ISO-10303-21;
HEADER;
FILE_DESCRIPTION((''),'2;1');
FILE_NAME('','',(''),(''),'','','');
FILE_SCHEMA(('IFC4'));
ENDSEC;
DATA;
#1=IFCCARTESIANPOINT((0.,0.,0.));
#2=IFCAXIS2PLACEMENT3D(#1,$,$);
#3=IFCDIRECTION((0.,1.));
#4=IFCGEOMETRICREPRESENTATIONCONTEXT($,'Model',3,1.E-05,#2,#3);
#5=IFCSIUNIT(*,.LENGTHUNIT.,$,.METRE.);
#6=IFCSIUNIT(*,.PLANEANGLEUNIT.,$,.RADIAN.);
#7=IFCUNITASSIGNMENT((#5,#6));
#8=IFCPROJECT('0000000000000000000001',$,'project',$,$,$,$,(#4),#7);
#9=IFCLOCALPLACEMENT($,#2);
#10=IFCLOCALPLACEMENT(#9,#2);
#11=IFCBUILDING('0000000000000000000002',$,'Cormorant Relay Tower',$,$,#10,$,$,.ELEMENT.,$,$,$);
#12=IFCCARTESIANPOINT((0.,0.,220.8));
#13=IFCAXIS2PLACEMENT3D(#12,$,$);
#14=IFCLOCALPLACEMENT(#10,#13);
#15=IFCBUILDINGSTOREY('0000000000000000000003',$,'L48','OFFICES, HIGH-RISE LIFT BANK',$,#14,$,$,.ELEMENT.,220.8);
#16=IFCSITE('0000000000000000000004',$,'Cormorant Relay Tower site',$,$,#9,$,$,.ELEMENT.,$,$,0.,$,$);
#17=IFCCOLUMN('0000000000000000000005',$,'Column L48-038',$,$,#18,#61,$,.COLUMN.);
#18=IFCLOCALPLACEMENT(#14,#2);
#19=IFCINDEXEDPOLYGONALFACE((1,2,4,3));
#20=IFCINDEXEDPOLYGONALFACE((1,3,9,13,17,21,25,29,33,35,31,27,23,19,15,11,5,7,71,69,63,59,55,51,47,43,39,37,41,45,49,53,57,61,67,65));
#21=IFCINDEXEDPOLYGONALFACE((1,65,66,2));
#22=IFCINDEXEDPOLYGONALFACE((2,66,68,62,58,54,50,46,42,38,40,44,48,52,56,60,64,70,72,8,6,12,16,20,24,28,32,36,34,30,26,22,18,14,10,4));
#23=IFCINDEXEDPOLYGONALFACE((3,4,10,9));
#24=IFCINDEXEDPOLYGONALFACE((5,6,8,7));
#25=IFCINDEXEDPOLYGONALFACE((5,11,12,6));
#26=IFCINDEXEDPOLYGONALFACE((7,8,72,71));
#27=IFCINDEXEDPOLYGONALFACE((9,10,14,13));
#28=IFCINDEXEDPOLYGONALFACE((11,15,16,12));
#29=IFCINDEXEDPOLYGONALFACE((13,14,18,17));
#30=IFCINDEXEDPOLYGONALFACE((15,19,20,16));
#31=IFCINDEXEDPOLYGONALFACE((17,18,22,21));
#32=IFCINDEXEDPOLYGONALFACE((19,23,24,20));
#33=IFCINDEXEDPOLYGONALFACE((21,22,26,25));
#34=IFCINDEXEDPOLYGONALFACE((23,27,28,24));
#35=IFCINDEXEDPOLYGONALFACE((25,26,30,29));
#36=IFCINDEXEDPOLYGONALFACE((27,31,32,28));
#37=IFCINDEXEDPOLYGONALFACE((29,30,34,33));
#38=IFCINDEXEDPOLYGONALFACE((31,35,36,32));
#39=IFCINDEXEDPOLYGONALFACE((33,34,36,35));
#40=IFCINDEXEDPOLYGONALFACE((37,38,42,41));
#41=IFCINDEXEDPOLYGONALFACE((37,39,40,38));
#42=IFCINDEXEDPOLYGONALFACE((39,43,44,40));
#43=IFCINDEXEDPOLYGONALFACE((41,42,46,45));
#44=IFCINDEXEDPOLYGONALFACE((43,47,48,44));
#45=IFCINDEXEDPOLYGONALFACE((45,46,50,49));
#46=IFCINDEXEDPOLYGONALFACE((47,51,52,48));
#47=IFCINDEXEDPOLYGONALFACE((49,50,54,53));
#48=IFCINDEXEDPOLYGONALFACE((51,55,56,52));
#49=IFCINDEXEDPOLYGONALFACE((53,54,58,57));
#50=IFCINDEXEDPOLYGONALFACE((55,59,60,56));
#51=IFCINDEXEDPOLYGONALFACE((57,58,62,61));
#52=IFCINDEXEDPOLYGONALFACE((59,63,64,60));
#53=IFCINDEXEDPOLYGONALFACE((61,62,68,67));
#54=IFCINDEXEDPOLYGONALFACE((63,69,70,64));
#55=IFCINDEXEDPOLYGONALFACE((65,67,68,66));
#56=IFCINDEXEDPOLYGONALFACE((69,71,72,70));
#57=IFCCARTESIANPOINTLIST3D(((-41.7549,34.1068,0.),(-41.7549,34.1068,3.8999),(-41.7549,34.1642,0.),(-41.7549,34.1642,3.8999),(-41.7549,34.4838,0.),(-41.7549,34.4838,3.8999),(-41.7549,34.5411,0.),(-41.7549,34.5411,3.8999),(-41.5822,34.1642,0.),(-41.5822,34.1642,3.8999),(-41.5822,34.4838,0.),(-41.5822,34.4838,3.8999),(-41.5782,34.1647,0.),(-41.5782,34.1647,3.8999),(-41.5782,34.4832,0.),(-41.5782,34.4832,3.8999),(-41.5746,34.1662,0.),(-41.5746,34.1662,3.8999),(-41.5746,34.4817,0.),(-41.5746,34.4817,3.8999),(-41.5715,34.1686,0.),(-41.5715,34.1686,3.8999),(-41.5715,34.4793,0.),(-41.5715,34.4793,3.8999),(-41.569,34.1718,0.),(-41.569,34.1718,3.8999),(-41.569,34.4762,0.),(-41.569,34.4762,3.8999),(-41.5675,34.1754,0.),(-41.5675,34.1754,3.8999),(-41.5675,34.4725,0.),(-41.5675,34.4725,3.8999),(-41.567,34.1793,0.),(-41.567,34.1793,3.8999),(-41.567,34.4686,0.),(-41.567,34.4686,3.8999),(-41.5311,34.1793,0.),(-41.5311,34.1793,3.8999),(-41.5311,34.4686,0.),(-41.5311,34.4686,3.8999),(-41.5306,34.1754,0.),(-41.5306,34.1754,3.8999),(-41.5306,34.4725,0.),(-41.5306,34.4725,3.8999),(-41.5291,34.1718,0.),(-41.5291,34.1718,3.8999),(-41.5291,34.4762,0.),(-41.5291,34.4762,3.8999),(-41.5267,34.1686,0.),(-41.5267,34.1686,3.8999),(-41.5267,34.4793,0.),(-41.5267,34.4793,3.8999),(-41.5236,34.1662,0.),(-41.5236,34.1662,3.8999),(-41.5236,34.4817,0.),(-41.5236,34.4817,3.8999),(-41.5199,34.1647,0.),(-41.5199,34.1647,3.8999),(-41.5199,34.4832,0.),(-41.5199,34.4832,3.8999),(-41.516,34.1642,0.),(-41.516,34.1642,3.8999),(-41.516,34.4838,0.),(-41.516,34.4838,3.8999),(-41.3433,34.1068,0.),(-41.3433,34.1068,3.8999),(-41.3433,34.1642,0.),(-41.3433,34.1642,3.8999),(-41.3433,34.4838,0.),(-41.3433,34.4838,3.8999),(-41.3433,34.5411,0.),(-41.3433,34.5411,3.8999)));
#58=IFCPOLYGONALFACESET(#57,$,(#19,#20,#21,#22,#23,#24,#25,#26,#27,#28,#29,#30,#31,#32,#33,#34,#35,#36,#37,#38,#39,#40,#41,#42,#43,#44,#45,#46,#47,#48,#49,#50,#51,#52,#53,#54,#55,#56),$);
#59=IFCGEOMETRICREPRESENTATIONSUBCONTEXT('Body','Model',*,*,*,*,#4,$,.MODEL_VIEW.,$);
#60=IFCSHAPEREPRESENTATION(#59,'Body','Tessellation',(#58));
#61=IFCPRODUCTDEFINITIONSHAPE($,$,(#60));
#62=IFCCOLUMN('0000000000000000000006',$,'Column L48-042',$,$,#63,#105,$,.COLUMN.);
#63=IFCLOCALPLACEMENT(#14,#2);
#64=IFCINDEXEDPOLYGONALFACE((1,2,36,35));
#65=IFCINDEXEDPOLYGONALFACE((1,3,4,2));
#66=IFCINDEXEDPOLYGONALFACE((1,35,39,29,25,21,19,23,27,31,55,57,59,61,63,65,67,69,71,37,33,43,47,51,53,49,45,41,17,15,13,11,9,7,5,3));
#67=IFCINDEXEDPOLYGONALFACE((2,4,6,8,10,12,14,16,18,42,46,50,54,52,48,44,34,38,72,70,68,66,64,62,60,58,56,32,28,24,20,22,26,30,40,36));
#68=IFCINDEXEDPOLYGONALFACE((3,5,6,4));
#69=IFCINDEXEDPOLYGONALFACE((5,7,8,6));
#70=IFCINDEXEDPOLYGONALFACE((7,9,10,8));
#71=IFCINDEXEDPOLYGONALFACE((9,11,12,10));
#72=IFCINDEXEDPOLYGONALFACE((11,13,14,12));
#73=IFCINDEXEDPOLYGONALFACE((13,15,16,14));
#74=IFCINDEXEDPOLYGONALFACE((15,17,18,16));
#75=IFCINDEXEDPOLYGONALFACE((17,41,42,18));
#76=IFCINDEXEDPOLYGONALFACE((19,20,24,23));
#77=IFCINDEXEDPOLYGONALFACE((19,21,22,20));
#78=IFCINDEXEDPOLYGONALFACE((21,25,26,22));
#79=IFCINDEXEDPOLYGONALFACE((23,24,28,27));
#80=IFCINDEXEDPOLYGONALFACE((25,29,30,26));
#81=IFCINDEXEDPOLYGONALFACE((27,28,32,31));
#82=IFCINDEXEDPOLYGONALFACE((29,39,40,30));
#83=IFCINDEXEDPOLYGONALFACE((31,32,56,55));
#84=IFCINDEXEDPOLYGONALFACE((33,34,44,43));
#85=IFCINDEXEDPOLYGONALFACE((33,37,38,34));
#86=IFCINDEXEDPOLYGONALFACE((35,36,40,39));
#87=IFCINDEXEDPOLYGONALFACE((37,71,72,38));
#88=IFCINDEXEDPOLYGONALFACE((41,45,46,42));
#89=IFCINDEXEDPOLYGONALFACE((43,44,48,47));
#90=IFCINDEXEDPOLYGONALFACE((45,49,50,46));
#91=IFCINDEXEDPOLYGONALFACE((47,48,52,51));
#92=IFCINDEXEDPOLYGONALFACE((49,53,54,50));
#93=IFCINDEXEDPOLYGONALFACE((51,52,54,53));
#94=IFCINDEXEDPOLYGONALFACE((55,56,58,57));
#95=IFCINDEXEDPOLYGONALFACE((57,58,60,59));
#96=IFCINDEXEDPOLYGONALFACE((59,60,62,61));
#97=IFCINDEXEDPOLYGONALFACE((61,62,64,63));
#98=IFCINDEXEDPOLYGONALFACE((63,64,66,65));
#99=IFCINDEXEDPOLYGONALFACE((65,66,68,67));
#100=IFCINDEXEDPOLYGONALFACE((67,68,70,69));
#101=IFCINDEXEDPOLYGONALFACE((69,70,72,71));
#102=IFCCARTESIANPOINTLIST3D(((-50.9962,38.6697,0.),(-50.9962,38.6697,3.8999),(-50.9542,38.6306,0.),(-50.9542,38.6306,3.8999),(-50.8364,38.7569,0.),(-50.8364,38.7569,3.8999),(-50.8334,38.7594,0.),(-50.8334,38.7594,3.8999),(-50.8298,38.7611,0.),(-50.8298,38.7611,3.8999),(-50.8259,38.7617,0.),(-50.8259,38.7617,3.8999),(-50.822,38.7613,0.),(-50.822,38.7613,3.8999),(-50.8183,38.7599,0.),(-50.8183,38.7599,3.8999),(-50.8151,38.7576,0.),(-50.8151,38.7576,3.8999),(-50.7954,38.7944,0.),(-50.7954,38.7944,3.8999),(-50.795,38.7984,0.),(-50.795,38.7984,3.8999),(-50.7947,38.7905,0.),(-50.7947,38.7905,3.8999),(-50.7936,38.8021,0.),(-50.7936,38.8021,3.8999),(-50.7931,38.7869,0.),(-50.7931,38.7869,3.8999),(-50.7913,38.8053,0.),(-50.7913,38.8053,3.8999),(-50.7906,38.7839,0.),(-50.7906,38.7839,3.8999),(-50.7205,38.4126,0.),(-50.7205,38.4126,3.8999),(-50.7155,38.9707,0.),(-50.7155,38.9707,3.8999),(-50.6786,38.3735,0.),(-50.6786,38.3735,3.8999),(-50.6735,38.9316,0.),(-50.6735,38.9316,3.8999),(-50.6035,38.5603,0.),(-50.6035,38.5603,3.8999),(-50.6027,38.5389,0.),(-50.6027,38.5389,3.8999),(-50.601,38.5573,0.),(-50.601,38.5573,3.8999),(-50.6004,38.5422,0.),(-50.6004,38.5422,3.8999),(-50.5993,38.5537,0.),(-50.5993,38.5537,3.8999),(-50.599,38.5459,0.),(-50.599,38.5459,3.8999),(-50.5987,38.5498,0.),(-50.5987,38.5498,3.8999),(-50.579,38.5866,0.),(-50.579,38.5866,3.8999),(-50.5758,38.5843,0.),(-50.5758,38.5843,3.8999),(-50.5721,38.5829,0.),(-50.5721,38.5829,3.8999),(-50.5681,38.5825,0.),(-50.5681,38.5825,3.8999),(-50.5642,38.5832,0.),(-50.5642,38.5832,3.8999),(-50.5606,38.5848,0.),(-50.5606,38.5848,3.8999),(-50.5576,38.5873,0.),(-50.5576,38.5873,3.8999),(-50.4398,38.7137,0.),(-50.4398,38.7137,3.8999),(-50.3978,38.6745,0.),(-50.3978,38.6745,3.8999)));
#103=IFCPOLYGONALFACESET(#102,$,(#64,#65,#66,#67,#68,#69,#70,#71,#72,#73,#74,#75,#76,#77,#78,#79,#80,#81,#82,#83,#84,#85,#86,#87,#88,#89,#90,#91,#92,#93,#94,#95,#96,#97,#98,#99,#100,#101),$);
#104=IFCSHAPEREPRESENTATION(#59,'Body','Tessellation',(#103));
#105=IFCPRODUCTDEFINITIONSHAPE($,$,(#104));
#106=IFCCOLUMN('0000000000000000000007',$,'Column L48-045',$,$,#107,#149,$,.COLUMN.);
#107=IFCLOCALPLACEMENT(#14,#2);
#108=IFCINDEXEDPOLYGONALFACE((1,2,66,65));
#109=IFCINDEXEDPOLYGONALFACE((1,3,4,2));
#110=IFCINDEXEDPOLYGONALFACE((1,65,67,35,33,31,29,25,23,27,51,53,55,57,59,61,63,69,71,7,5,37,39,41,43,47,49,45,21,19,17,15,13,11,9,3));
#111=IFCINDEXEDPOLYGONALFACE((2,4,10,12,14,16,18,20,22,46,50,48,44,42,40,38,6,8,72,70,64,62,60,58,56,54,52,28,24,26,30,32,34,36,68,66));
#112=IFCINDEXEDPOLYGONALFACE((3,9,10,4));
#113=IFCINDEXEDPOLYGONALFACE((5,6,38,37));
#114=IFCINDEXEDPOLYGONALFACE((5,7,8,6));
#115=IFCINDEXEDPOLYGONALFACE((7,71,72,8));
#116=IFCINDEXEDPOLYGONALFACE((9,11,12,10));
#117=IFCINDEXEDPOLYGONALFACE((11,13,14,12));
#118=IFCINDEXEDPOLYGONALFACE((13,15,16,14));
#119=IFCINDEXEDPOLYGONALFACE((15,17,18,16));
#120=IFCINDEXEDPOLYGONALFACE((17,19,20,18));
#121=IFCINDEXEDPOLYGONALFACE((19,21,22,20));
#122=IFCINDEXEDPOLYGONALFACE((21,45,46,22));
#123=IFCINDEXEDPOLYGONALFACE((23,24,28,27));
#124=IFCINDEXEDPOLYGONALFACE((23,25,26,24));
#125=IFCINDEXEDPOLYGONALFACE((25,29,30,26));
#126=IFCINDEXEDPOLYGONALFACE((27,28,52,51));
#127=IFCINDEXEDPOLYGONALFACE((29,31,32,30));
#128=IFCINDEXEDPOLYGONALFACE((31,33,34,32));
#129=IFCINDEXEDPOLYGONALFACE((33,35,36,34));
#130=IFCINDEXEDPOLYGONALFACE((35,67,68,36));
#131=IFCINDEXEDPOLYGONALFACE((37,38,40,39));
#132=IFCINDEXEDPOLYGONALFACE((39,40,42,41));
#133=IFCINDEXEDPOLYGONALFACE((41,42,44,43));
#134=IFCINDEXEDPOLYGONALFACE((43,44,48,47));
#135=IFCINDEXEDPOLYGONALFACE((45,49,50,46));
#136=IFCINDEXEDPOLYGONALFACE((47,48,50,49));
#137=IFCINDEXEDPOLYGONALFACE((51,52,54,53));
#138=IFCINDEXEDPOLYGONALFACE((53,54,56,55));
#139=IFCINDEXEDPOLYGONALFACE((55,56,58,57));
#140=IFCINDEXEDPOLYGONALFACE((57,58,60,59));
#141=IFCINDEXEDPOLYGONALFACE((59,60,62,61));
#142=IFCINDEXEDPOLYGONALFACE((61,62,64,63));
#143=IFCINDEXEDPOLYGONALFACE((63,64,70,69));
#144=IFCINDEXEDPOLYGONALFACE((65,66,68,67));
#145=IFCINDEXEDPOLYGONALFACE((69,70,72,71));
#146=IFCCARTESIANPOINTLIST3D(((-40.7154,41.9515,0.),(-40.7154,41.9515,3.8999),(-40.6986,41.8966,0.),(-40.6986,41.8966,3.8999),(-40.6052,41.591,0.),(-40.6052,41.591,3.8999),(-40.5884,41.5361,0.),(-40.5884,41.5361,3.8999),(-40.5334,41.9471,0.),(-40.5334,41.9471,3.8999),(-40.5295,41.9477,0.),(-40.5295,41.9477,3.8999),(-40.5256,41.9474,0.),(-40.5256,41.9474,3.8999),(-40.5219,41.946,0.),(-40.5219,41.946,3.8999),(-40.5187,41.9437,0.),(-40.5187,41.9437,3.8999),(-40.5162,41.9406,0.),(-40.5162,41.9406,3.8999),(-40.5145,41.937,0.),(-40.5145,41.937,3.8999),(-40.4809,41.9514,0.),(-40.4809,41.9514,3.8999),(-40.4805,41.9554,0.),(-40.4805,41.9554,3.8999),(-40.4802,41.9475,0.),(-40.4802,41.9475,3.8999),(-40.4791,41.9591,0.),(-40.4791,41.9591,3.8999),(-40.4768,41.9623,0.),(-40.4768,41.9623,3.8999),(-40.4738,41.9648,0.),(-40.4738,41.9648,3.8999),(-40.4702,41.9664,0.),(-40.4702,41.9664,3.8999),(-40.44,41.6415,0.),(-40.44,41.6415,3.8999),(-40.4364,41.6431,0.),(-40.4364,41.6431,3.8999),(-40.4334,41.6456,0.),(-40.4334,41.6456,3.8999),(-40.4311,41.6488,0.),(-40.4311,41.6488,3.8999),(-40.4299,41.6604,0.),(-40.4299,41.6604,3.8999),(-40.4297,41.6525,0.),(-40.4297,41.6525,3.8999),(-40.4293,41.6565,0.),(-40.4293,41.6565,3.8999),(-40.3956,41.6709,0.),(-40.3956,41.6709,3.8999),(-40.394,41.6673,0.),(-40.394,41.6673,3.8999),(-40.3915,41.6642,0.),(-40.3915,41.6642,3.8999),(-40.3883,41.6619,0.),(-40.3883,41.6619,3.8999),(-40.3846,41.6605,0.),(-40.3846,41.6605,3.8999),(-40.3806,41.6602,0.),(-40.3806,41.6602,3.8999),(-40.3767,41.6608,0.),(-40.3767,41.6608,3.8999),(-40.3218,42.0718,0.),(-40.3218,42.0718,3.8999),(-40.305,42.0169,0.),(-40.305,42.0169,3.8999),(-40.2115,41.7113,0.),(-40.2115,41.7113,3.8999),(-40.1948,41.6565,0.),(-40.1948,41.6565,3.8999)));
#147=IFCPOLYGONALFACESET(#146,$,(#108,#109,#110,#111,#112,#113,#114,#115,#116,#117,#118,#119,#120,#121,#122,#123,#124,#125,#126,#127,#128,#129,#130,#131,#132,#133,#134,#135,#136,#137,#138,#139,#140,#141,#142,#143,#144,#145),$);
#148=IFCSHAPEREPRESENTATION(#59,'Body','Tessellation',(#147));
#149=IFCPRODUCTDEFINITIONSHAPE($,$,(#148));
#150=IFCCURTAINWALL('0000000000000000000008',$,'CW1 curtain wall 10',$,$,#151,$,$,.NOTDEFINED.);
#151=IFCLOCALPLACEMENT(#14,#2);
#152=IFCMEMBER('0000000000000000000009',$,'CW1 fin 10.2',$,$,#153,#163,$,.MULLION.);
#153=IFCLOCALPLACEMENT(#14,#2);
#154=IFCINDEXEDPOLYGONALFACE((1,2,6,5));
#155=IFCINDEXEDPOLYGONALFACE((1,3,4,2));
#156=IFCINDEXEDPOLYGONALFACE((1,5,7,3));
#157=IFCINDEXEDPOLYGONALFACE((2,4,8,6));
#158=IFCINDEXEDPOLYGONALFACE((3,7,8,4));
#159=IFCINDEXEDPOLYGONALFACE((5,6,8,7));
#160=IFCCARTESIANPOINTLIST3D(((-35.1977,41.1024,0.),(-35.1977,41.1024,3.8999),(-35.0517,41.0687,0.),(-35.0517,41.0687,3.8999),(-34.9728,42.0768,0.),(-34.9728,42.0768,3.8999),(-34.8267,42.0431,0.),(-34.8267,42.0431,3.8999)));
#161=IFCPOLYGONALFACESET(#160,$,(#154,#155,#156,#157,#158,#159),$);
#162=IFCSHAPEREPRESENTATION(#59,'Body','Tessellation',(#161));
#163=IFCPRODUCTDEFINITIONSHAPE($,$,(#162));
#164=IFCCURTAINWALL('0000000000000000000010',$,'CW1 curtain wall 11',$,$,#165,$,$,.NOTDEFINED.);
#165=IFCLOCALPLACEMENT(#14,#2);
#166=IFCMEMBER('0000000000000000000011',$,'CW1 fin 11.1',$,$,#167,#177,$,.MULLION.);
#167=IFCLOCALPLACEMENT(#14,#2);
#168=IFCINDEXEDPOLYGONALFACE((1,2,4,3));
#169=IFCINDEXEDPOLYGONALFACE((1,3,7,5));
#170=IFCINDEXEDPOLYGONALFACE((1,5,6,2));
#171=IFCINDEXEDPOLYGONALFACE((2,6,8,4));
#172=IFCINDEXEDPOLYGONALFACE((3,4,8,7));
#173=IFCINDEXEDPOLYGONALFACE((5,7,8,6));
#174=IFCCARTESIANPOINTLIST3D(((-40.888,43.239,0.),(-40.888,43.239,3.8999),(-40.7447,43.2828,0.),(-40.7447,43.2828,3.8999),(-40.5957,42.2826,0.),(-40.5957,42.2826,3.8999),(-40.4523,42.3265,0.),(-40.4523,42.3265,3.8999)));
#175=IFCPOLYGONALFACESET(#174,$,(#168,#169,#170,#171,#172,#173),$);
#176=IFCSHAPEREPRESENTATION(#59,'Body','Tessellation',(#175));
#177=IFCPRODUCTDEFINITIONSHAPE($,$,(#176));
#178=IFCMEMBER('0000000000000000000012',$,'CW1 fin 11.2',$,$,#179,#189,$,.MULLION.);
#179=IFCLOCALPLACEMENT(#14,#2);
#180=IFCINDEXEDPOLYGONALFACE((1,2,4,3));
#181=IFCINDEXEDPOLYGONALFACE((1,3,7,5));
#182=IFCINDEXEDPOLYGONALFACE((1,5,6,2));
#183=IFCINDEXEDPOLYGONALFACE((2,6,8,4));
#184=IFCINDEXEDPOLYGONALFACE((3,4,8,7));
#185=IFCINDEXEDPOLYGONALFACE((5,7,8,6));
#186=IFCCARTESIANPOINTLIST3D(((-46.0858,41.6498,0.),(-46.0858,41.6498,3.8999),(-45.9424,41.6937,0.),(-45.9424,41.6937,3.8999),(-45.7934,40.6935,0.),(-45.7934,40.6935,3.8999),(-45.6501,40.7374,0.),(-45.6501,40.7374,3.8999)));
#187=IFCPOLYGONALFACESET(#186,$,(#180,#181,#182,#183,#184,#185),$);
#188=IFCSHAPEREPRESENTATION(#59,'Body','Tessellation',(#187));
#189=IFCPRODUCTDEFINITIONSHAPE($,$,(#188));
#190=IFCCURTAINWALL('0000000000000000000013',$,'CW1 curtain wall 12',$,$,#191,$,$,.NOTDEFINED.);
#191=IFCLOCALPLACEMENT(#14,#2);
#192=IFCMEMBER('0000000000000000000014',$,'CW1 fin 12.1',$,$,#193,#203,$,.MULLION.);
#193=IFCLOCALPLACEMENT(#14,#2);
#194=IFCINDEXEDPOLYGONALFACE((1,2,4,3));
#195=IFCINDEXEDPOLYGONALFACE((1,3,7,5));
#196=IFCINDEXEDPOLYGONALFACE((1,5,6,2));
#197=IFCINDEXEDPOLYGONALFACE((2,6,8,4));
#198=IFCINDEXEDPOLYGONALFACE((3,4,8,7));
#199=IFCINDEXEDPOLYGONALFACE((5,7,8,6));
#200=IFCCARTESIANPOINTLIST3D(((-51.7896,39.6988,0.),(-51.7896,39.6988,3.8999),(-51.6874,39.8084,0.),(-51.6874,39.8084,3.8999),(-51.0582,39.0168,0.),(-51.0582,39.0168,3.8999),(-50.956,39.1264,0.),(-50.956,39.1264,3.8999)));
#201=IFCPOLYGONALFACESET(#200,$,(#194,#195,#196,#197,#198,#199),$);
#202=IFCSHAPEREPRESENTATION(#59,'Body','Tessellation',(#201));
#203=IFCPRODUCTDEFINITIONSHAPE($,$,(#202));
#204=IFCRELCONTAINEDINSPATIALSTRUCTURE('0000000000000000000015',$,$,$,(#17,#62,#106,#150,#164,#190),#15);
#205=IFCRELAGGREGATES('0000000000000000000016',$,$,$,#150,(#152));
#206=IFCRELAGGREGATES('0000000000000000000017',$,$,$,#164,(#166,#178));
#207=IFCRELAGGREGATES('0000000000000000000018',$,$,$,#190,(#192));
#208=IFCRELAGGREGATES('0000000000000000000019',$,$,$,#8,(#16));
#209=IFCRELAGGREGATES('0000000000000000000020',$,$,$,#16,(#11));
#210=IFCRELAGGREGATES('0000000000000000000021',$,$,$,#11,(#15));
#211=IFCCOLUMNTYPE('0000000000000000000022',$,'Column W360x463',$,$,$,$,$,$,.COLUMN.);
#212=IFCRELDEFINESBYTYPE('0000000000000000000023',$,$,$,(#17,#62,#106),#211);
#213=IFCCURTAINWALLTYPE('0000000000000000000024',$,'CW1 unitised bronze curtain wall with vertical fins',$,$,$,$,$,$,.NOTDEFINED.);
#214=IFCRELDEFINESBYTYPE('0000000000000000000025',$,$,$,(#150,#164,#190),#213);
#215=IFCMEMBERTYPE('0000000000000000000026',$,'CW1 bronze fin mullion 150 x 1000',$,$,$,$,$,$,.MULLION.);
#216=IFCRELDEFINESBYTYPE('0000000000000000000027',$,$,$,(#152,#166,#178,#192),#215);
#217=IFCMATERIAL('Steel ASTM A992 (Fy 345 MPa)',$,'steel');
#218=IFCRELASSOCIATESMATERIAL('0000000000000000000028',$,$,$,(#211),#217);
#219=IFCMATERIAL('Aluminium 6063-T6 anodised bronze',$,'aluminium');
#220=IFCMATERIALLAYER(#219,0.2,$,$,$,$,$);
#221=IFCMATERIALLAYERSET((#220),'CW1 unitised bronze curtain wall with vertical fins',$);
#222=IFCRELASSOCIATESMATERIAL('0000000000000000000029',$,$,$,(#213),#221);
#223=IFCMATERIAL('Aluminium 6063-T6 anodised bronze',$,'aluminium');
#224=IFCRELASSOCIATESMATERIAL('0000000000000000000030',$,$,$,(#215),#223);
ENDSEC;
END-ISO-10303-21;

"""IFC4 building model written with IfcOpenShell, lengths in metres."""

from ifc_helpers import new_model, si_unit, direction, frame, origin, origin_2d, place, context, subcontext, project, spatial, rectangle, i_section, extrude, material, layer, layer_set, material_profile, profile_set, type_object, element, aggregate, save


model = new_model("IFC4")

# Units and contexts
model_context = context("Model", 3, precision=1e-05, world=origin(), true_north=direction((0.0, 1.0)))
body_context = subcontext(model_context, "Body", "Model", "MODEL_VIEW")
ifc_project = project(units=[si_unit("LENGTHUNIT", "METRE"), si_unit("PLANEANGLEUNIT", "RADIAN")], contexts=[model_context])

# Site, building, storey
site_placement = place(None, origin())
site = spatial("IfcSite", under=ifc_project, at=site_placement, Name="Cormorant Relay Tower site", CompositionType="ELEMENT", RefElevation=0.0)
building_placement = place(site_placement, origin())
building = spatial("IfcBuilding", under=site, at=building_placement, Name="Cormorant Relay Tower", CompositionType="ELEMENT")
storey_placement = place(building_placement, frame((0.0, 0.0, 220.8)))
storey = spatial("IfcBuildingStorey", under=building, at=storey_placement, Name="L48", Description="OFFICES, HIGH-RISE LIFT BANK", CompositionType="ELEMENT", Elevation=220.8)

# Columns
ifc_material_1 = material(Name="Steel ASTM A992 (Fy 345 MPa)", Category="steel")
ifc_material_profile_1 = material_profile(ifc_material_1, i_section(OverallWidth=0.4116, OverallDepth=0.4343, WebThickness=0.0359, FlangeThickness=0.0574, FilletRadius=0.0151, at=origin_2d()), Name="W360x463")
ifc_profile_set_1 = profile_set([ifc_material_profile_1], Name="Steel ASTM A992 (Fy 345 MPa)")
column_type = type_object("IfcColumnType", Name="Column W360x463", PredefinedType="COLUMN", material=ifc_profile_set_1)
for number, where, z_axis, x_axis, name in (
    (1, (-41.5491, 34.324, 0.0), (0.0, 0.0, 1.0), (1.0, 0.0, 0.0), "Column L48-038"),
    (2, (-50.697, 38.6721, 0.0), (0.0, 0.0, 1.0), (-0.681998, -0.731354, 0.0), "Column L48-042"),
    (3, (-40.4551, 41.804, 0.0), (0.0, 0.0, 1.0), (-0.956305, -0.292372, 0.0), "Column L48-045"),
):
    element("IfcColumn", number, at=place(storey_placement, frame(where, z_axis=z_axis, x_axis=x_axis)), inside=storey, type_object=column_type, Name=name, PredefinedType="COLUMN", context=body_context, shape_type="SweptSolid", body=[
        extrude(i_section(OverallWidth=0.4116, OverallDepth=0.4343, WebThickness=0.0359, FlangeThickness=0.0574, FilletRadius=0.0151, at=origin_2d()), origin(), (0.0, 0.0, 1.0), 3.8999),
    ])

# Curtain wall, member
ifc_material_2 = material(Name="Aluminium 6063-T6 anodised bronze", Category="aluminium")
ifc_layer_1 = layer(ifc_material_2, 0.2)
ifc_layer_set_1 = layer_set([ifc_layer_1], Name="CW1 unitised bronze curtain wall with vertical fins")
curtain_wall_type = type_object("IfcCurtainWallType", Name="CW1 unitised bronze curtain wall with vertical fins", PredefinedType="NOTDEFINED", material=ifc_layer_set_1)
curtain_wall_1_placement = place(storey_placement, origin())
curtain_wall_1 = element("IfcCurtainWall", 4, at=curtain_wall_1_placement, inside=storey, type_object=curtain_wall_type, Name="CW1 curtain wall 10", PredefinedType="NOTDEFINED")
ifc_material_3 = material(Name="Aluminium 6063-T6 anodised bronze", Category="aluminium")
ifc_material_profile_2 = material_profile(ifc_material_3, rectangle(XDim=0.1499, YDim=1.0, at=origin_2d()), Name="AL 150x1000")
ifc_profile_set_2 = profile_set([ifc_material_profile_2], Name="Aluminium 6063-T6 anodised bronze")
member_type_1 = type_object("IfcMemberType", Name="CW1 bronze fin mullion 150 x 1000", PredefinedType="MULLION", material=ifc_profile_set_2)
member_1_placement = place(storey_placement, frame((-35.0122, 41.5728, 0.0), z_axis=(0.0, 0.0, 1.0), x_axis=(-0.97437, 0.224951, 0.0)))
member_1 = element("IfcMember", 5, at=member_1_placement, type_object=member_type_1, Name="CW1 fin 10.2", PredefinedType="MULLION", context=body_context, shape_type="SweptSolid", body=[
    extrude(rectangle(XDim=0.1499, YDim=1.0, at=origin_2d()), origin(), (0.0, 0.0, 1.0), 3.8999),
])

# Curtain walls, members
curtain_wall_2_placement = place(storey_placement, origin())
curtain_wall_2 = element("IfcCurtainWall", 6, at=curtain_wall_2_placement, inside=storey, type_object=curtain_wall_type, Name="CW1 curtain wall 11", PredefinedType="NOTDEFINED")
member_2_placement = place(storey_placement, frame((-40.6702, 42.7827, 0.0), z_axis=(0.0, 0.0, 1.0), x_axis=(-0.956305, -0.292372, 0.0)))
member_2 = element("IfcMember", 7, at=member_2_placement, type_object=member_type_1, Name="CW1 fin 11.1", PredefinedType="MULLION", context=body_context, shape_type="SweptSolid", body=[
    extrude(rectangle(XDim=0.1499, YDim=1.0, at=origin_2d()), origin(), (0.0, 0.0, 1.0), 3.8999),
])
member_3_placement = place(storey_placement, frame((-45.8679, 41.1936, 0.0), z_axis=(0.0, 0.0, 1.0), x_axis=(-0.956305, -0.292372, 0.0)))
member_3 = element("IfcMember", 8, at=member_3_placement, type_object=member_type_1, Name="CW1 fin 11.2", PredefinedType="MULLION", context=body_context, shape_type="SweptSolid", body=[
    extrude(rectangle(XDim=0.1499, YDim=1.0, at=origin_2d()), origin(), (0.0, 0.0, 1.0), 3.8999),
])
curtain_wall_3_placement = place(storey_placement, origin())
curtain_wall_3 = element("IfcCurtainWall", 9, at=curtain_wall_3_placement, inside=storey, type_object=curtain_wall_type, Name="CW1 curtain wall 12", PredefinedType="NOTDEFINED")
member_4_placement = place(storey_placement, frame((-51.3728, 39.4126, 0.0), z_axis=(0.0, 0.0, 1.0), x_axis=(-0.681998, -0.731354, 0.0)))
member_4 = element("IfcMember", 10, at=member_4_placement, type_object=member_type_1, Name="CW1 fin 12.1", PredefinedType="MULLION", context=body_context, shape_type="SweptSolid", body=[
    extrude(rectangle(XDim=0.1499, YDim=1.0, at=origin_2d()), origin(), (0.0, 0.0, 1.0), 3.8999),
])

aggregate(curtain_wall_1, [member_1])
aggregate(curtain_wall_2, [member_2, member_3])
aggregate(curtain_wall_3, [member_4])

save(model, "model.ifc")
